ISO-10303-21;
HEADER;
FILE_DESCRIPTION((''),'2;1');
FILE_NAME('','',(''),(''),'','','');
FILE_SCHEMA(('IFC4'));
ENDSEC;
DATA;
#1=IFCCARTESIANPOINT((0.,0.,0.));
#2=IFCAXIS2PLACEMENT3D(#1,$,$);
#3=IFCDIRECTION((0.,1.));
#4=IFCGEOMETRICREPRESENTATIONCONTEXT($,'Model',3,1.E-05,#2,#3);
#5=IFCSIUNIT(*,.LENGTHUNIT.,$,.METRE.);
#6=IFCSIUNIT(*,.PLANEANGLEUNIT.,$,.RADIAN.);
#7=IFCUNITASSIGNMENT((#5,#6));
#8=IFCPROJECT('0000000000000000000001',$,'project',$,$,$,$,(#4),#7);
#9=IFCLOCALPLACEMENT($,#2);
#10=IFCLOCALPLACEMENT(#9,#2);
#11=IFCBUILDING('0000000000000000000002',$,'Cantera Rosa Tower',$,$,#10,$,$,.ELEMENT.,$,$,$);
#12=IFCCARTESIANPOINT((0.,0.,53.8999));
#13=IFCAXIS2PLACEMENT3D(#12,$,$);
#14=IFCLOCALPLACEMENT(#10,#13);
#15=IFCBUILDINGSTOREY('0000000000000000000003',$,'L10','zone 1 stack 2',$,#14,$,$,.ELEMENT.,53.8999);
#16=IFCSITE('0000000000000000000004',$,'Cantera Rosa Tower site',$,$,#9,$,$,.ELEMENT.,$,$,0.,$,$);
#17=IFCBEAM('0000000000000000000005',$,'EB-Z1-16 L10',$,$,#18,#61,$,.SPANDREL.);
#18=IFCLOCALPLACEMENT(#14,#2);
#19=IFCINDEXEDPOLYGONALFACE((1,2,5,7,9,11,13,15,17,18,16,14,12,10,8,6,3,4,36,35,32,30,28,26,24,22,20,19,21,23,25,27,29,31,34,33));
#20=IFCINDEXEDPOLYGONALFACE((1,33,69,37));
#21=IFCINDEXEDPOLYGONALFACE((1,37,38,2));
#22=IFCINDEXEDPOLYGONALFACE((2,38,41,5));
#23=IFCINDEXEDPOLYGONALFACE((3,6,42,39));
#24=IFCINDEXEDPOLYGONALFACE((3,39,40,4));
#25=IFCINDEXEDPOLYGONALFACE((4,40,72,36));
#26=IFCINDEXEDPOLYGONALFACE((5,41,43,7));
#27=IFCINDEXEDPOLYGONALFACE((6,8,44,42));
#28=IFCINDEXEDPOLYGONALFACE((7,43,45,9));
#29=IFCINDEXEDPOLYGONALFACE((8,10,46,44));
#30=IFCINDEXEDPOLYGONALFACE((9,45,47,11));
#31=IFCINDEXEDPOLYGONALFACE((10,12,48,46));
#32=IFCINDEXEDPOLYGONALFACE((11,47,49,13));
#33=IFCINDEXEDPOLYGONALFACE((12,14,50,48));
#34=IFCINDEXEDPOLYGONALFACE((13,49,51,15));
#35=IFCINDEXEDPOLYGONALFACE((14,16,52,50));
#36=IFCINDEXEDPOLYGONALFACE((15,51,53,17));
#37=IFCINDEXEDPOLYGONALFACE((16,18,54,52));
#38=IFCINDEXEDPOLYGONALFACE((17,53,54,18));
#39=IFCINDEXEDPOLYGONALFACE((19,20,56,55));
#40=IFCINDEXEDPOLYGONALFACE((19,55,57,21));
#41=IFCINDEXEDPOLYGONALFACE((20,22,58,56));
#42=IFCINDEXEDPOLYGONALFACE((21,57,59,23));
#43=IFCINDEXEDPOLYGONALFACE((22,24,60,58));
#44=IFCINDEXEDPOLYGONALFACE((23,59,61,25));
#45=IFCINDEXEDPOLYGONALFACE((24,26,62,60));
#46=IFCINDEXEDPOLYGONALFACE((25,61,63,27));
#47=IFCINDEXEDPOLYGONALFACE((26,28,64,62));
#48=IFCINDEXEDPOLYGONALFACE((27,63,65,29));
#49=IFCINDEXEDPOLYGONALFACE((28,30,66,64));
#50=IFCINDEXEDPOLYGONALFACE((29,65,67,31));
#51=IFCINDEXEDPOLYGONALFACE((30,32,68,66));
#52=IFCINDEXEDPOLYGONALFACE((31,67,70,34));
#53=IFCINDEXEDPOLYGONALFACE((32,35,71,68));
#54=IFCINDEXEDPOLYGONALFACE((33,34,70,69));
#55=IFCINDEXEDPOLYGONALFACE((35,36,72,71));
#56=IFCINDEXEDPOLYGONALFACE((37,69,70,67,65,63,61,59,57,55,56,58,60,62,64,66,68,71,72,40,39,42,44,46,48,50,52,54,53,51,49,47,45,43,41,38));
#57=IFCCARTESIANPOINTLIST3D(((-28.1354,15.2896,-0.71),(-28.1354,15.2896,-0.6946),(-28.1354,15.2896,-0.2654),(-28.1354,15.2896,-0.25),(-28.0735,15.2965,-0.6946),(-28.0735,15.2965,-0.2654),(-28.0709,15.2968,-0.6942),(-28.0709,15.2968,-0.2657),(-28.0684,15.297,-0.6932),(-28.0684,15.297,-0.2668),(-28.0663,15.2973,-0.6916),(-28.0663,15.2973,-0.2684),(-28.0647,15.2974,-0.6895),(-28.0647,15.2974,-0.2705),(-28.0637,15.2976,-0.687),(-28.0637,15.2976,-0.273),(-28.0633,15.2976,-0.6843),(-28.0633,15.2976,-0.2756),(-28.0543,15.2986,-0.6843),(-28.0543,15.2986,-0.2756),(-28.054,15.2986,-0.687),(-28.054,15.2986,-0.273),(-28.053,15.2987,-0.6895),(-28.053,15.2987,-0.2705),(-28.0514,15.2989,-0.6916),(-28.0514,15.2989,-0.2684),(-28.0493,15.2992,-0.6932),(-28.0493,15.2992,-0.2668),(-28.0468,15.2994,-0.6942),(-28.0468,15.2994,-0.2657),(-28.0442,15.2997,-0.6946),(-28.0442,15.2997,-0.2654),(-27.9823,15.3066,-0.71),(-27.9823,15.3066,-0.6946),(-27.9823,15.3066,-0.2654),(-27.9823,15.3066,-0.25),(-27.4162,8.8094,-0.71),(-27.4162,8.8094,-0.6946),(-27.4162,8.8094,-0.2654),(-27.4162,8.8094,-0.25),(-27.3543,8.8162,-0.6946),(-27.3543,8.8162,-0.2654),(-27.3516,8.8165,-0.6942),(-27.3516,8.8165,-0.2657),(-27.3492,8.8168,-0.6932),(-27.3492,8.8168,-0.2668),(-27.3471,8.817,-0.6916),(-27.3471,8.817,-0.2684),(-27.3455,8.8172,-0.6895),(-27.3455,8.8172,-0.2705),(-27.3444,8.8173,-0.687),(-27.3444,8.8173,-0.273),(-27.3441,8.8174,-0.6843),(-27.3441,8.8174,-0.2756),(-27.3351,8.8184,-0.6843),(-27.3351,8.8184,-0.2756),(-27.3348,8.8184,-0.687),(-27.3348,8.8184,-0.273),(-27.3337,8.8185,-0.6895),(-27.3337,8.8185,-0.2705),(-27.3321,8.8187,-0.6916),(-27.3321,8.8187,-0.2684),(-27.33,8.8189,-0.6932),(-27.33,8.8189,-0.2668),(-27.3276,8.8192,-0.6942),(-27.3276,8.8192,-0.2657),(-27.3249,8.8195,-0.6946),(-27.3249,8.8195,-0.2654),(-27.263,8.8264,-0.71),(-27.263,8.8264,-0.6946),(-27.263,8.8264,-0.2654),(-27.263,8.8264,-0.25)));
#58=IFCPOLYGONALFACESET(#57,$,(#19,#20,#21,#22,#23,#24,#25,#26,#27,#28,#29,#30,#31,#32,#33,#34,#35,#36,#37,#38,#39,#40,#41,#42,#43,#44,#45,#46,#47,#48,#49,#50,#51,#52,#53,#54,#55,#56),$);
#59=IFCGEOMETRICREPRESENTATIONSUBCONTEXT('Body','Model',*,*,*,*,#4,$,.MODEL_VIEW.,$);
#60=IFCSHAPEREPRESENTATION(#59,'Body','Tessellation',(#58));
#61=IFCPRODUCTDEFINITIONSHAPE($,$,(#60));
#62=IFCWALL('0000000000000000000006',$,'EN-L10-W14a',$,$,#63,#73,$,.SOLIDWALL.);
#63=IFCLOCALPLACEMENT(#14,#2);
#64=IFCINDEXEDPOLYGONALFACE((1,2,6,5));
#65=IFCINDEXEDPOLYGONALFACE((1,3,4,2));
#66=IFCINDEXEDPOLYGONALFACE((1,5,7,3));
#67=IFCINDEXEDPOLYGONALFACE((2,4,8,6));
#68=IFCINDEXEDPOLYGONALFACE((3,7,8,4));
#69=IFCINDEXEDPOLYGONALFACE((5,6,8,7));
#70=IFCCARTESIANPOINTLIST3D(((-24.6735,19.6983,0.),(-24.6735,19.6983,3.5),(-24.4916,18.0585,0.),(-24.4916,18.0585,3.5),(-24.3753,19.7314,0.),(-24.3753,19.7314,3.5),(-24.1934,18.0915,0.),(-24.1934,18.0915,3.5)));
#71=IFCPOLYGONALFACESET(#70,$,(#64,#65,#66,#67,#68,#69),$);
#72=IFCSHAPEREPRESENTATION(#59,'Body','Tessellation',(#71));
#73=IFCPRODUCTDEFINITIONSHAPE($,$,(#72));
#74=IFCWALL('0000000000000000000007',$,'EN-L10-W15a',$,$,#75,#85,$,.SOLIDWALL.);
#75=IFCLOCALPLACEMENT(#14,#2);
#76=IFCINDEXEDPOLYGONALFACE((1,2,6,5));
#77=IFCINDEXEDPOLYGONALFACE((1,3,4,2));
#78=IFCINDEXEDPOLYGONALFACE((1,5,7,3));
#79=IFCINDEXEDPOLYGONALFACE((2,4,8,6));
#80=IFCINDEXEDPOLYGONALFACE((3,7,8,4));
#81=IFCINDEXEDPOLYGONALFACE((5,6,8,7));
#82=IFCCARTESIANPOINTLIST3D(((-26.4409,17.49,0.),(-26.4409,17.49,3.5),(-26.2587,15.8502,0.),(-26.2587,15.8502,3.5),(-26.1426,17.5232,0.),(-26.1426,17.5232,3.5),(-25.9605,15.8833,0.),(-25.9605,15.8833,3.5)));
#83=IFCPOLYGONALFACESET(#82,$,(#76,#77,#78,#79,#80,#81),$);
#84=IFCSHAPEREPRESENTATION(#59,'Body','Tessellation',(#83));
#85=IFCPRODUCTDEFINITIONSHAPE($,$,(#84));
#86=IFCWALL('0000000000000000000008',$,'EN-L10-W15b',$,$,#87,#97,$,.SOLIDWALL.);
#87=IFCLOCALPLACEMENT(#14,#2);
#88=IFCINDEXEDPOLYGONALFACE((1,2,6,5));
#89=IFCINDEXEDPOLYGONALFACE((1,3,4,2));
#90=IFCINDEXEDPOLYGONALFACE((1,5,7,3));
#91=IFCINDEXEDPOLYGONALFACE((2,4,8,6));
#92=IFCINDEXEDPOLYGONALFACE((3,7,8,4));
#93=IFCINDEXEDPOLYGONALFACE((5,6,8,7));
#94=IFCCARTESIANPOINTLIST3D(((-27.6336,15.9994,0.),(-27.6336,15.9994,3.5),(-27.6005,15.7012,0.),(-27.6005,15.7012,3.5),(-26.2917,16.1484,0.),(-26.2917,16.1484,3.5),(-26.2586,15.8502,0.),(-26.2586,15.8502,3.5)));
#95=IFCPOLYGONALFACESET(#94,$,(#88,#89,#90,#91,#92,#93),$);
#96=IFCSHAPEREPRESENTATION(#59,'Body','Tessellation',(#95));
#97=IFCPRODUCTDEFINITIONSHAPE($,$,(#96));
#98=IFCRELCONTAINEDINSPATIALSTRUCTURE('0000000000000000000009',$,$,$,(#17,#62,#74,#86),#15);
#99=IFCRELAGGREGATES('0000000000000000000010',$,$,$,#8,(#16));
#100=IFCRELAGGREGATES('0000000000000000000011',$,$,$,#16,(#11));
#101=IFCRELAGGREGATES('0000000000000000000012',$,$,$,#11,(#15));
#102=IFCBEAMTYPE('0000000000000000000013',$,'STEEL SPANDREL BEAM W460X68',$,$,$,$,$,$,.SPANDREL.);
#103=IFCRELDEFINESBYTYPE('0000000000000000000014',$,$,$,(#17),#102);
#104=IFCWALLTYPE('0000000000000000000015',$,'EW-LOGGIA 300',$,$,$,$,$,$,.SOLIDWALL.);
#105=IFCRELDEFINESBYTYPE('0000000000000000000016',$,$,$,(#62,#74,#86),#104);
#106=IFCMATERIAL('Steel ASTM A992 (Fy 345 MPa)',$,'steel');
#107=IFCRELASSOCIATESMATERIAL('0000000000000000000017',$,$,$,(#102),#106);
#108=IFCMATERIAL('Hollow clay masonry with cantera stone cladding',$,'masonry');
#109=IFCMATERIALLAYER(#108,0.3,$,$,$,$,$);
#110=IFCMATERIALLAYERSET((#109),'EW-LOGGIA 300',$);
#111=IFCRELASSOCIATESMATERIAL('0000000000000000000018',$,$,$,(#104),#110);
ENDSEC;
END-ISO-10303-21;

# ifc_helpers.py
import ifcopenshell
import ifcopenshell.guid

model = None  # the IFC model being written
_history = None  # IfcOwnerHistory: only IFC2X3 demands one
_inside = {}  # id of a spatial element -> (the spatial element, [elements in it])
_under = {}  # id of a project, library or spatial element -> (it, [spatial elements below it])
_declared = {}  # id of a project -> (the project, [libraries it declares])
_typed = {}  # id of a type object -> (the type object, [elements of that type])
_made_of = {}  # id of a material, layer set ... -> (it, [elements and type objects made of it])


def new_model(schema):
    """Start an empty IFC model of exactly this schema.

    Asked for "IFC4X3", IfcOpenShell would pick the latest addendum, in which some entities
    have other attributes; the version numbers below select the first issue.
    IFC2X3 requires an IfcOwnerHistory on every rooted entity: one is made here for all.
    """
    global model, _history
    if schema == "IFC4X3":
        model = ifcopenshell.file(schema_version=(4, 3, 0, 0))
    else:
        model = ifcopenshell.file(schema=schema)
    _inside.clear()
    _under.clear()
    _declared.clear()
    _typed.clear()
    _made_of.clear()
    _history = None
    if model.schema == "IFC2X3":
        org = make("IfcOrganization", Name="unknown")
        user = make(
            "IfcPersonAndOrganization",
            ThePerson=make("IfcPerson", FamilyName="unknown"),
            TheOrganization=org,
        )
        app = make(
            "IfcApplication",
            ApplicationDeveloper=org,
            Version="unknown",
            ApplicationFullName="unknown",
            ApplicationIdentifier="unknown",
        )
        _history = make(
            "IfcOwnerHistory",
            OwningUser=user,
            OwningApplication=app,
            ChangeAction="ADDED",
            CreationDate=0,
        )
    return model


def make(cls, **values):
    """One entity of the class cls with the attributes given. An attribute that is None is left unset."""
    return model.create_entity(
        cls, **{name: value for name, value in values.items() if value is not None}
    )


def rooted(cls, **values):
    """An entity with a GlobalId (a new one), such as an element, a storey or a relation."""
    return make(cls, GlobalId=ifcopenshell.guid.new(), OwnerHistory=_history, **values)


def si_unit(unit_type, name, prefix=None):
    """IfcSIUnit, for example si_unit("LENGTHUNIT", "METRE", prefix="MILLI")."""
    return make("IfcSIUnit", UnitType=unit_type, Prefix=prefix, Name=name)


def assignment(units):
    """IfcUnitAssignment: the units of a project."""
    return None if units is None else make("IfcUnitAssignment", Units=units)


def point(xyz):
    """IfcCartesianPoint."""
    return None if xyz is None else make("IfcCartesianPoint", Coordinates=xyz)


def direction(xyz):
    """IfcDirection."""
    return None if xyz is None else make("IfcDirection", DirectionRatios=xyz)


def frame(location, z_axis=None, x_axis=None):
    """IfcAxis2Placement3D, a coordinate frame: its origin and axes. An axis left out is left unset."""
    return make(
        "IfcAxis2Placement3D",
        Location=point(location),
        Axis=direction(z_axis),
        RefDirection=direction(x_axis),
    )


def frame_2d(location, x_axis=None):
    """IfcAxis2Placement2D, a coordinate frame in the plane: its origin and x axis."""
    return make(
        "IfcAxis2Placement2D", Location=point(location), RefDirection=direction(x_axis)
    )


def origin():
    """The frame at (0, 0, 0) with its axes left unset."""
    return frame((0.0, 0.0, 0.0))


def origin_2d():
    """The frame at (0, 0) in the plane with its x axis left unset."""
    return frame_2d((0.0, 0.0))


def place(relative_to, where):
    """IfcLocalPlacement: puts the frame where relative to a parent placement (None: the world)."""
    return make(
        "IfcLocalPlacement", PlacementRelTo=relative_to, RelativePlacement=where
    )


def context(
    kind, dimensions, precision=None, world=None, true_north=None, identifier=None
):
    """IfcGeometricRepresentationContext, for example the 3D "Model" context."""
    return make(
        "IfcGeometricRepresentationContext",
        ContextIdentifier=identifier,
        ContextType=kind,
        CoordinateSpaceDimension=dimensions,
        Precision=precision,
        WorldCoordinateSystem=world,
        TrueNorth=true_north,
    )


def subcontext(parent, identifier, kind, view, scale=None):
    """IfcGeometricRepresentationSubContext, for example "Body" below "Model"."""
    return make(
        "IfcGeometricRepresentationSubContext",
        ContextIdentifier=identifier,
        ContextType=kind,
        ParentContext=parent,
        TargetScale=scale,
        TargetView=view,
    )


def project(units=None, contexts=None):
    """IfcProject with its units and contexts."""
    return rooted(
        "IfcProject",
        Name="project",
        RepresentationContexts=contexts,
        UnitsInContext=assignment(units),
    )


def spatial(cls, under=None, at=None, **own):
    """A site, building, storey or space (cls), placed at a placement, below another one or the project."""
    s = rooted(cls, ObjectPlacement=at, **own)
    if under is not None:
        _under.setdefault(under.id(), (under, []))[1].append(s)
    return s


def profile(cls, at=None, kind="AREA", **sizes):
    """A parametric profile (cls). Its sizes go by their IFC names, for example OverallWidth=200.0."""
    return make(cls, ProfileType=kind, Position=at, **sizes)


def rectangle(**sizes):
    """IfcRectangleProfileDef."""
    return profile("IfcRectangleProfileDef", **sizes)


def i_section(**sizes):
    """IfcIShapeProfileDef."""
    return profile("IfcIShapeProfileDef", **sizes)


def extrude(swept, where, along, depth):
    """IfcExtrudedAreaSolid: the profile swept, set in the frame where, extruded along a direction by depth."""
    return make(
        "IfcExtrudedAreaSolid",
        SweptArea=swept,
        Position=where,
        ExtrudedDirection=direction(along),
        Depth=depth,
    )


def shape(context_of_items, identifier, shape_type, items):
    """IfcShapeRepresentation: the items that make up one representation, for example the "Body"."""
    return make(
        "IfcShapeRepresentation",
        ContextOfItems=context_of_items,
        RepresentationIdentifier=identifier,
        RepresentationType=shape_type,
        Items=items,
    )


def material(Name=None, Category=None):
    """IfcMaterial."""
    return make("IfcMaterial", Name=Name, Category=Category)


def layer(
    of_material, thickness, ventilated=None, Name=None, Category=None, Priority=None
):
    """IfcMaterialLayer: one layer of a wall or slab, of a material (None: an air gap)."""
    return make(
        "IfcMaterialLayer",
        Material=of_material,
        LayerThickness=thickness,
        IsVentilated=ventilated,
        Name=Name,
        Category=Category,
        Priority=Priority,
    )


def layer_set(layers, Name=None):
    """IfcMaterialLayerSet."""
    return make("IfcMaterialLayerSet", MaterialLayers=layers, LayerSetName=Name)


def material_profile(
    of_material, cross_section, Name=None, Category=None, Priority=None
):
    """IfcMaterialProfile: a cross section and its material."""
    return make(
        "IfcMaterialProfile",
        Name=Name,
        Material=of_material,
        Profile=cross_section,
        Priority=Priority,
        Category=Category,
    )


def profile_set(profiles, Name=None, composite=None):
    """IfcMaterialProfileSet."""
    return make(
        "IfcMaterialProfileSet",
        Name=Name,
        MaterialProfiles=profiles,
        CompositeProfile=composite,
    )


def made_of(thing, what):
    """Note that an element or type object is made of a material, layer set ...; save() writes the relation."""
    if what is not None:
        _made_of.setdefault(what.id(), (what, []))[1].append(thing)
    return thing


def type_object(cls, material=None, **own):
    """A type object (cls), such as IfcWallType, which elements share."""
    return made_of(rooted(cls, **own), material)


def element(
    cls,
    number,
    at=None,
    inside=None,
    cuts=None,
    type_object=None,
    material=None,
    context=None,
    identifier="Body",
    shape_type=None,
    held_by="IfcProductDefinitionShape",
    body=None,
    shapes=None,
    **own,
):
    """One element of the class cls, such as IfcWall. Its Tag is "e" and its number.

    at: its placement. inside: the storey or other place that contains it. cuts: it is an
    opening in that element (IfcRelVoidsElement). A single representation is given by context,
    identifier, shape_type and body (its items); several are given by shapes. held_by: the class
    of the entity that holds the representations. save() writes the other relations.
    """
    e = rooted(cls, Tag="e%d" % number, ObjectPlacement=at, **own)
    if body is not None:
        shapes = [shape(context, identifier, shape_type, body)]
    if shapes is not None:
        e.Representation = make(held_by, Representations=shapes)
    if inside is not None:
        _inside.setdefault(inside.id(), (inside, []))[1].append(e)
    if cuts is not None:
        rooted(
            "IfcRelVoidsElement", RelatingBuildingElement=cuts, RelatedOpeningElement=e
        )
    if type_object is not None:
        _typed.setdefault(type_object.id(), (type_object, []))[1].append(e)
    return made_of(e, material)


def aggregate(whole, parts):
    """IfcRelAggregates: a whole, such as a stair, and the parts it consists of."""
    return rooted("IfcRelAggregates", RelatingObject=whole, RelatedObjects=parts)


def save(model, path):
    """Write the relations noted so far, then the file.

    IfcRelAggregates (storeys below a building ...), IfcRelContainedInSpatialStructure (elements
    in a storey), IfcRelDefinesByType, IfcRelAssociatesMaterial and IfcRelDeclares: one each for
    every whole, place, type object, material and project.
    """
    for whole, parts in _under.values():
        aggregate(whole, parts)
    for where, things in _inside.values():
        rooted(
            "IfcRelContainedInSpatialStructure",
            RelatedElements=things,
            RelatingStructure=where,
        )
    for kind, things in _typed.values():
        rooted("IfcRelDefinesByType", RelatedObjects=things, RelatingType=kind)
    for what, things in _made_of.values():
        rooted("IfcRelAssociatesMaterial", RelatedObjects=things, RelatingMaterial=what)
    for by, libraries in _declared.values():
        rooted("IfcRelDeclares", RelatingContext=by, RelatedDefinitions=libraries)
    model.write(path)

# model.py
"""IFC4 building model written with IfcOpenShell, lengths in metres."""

from ifc_helpers import new_model, si_unit, direction, frame, frame_2d, origin, origin_2d, place, context, subcontext, project, spatial, rectangle, i_section, extrude, material, layer, layer_set, material_profile, profile_set, type_object, element, save


model = new_model("IFC4")

# Units and contexts
model_context = context("Model", 3, precision=1e-05, world=origin(), true_north=direction((0.0, 1.0)))
body_context = subcontext(model_context, "Body", "Model", "MODEL_VIEW")
ifc_project = project(units=[si_unit("LENGTHUNIT", "METRE"), si_unit("PLANEANGLEUNIT", "RADIAN")], contexts=[model_context])

# Site, building, storey
site_placement = place(None, origin())
site = spatial("IfcSite", under=ifc_project, at=site_placement, Name="Cantera Rosa Tower site", CompositionType="ELEMENT", RefElevation=0.0)
building_placement = place(site_placement, origin())
building = spatial("IfcBuilding", under=site, at=building_placement, Name="Cantera Rosa Tower", CompositionType="ELEMENT")
storey_placement = place(building_placement, frame((0.0, 0.0, 53.8999)))
storey = spatial("IfcBuildingStorey", under=building, at=storey_placement, Name="L10", Description="zone 1 stack 2", CompositionType="ELEMENT", Elevation=53.8999)

# Beam
ifc_material_1 = material(Name="Steel ASTM A992 (Fy 345 MPa)", Category="steel")
ifc_material_profile_1 = material_profile(ifc_material_1, i_section(OverallWidth=0.1541, OverallDepth=0.46, WebThickness=0.009, FlangeThickness=0.0154, FilletRadius=0.0103, at=origin_2d()), Name="W460X68")
ifc_profile_set_1 = profile_set([ifc_material_profile_1], Name="Steel ASTM A992 (Fy 345 MPa)")
beam_type_1 = type_object("IfcBeamType", Name="STEEL SPANDREL BEAM W460X68", PredefinedType="SPANDREL", material=ifc_profile_set_1)
beam_1_placement = place(storey_placement, frame((-28.0588, 15.2981, -0.48), z_axis=(0.110312, -0.993897, 0.0), x_axis=(0.993897, 0.110312, 0.0)))
element("IfcBeam", 1, at=beam_1_placement, inside=storey, type_object=beam_type_1, Name="EB-Z1-16 L10", PredefinedType="SPANDREL", context=body_context, shape_type="SweptSolid", body=[
    extrude(i_section(OverallWidth=0.1541, OverallDepth=0.46, WebThickness=0.009, FlangeThickness=0.0154, FilletRadius=0.0103, at=origin_2d()), origin(), (0.0, 0.0, 1.0), 6.52),
])

# Walls
ifc_material_2 = material(Name="Hollow clay masonry with cantera stone cladding", Category="masonry")
ifc_layer_1 = layer(ifc_material_2, 0.3)
ifc_layer_set_1 = layer_set([ifc_layer_1], Name="EW-LOGGIA 300")
wall_type_1 = type_object("IfcWallType", Name="EW-LOGGIA 300", PredefinedType="SOLIDWALL", material=ifc_layer_set_1)
for number, where, z_axis, x_axis, name in (
    (2, (-24.5244, 19.7148, 0.0), (0.0, 0.0, 1.0), (0.110237, -0.993905, 0.0), "EN-L10-W14a"),
    (3, (-26.2917, 17.5066, 0.0), (0.0, 0.0, 1.0), (0.110383, -0.993889, 0.0), "EN-L10-W15a"),
):
    element("IfcWall", number, at=place(storey_placement, frame(where, z_axis=z_axis, x_axis=x_axis)), inside=storey, type_object=wall_type_1, Name=name, PredefinedType="SOLIDWALL", context=body_context, shape_type="SweptSolid", body=[
        extrude(rectangle(XDim=1.6499, YDim=0.3, at=frame_2d((0.825, 0.0))), origin(), (0.0, 0.0, 1.0), 3.5),
    ])
wall_1_placement = place(storey_placement, frame((-26.2751, 15.9993, 0.0), z_axis=(0.0, 0.0, 1.0), x_axis=(-0.993897, -0.110312, 0.0)))
element("IfcWall", 4, at=wall_1_placement, inside=storey, type_object=wall_type_1, Name="EN-L10-W15b", PredefinedType="SOLIDWALL", context=body_context, shape_type="SweptSolid", body=[
    extrude(rectangle(XDim=1.3501, YDim=0.3, at=frame_2d((0.675, 0.0))), origin(), (0.0, 0.0, 1.0), 3.5),
])

save(model, "model.ifc")
